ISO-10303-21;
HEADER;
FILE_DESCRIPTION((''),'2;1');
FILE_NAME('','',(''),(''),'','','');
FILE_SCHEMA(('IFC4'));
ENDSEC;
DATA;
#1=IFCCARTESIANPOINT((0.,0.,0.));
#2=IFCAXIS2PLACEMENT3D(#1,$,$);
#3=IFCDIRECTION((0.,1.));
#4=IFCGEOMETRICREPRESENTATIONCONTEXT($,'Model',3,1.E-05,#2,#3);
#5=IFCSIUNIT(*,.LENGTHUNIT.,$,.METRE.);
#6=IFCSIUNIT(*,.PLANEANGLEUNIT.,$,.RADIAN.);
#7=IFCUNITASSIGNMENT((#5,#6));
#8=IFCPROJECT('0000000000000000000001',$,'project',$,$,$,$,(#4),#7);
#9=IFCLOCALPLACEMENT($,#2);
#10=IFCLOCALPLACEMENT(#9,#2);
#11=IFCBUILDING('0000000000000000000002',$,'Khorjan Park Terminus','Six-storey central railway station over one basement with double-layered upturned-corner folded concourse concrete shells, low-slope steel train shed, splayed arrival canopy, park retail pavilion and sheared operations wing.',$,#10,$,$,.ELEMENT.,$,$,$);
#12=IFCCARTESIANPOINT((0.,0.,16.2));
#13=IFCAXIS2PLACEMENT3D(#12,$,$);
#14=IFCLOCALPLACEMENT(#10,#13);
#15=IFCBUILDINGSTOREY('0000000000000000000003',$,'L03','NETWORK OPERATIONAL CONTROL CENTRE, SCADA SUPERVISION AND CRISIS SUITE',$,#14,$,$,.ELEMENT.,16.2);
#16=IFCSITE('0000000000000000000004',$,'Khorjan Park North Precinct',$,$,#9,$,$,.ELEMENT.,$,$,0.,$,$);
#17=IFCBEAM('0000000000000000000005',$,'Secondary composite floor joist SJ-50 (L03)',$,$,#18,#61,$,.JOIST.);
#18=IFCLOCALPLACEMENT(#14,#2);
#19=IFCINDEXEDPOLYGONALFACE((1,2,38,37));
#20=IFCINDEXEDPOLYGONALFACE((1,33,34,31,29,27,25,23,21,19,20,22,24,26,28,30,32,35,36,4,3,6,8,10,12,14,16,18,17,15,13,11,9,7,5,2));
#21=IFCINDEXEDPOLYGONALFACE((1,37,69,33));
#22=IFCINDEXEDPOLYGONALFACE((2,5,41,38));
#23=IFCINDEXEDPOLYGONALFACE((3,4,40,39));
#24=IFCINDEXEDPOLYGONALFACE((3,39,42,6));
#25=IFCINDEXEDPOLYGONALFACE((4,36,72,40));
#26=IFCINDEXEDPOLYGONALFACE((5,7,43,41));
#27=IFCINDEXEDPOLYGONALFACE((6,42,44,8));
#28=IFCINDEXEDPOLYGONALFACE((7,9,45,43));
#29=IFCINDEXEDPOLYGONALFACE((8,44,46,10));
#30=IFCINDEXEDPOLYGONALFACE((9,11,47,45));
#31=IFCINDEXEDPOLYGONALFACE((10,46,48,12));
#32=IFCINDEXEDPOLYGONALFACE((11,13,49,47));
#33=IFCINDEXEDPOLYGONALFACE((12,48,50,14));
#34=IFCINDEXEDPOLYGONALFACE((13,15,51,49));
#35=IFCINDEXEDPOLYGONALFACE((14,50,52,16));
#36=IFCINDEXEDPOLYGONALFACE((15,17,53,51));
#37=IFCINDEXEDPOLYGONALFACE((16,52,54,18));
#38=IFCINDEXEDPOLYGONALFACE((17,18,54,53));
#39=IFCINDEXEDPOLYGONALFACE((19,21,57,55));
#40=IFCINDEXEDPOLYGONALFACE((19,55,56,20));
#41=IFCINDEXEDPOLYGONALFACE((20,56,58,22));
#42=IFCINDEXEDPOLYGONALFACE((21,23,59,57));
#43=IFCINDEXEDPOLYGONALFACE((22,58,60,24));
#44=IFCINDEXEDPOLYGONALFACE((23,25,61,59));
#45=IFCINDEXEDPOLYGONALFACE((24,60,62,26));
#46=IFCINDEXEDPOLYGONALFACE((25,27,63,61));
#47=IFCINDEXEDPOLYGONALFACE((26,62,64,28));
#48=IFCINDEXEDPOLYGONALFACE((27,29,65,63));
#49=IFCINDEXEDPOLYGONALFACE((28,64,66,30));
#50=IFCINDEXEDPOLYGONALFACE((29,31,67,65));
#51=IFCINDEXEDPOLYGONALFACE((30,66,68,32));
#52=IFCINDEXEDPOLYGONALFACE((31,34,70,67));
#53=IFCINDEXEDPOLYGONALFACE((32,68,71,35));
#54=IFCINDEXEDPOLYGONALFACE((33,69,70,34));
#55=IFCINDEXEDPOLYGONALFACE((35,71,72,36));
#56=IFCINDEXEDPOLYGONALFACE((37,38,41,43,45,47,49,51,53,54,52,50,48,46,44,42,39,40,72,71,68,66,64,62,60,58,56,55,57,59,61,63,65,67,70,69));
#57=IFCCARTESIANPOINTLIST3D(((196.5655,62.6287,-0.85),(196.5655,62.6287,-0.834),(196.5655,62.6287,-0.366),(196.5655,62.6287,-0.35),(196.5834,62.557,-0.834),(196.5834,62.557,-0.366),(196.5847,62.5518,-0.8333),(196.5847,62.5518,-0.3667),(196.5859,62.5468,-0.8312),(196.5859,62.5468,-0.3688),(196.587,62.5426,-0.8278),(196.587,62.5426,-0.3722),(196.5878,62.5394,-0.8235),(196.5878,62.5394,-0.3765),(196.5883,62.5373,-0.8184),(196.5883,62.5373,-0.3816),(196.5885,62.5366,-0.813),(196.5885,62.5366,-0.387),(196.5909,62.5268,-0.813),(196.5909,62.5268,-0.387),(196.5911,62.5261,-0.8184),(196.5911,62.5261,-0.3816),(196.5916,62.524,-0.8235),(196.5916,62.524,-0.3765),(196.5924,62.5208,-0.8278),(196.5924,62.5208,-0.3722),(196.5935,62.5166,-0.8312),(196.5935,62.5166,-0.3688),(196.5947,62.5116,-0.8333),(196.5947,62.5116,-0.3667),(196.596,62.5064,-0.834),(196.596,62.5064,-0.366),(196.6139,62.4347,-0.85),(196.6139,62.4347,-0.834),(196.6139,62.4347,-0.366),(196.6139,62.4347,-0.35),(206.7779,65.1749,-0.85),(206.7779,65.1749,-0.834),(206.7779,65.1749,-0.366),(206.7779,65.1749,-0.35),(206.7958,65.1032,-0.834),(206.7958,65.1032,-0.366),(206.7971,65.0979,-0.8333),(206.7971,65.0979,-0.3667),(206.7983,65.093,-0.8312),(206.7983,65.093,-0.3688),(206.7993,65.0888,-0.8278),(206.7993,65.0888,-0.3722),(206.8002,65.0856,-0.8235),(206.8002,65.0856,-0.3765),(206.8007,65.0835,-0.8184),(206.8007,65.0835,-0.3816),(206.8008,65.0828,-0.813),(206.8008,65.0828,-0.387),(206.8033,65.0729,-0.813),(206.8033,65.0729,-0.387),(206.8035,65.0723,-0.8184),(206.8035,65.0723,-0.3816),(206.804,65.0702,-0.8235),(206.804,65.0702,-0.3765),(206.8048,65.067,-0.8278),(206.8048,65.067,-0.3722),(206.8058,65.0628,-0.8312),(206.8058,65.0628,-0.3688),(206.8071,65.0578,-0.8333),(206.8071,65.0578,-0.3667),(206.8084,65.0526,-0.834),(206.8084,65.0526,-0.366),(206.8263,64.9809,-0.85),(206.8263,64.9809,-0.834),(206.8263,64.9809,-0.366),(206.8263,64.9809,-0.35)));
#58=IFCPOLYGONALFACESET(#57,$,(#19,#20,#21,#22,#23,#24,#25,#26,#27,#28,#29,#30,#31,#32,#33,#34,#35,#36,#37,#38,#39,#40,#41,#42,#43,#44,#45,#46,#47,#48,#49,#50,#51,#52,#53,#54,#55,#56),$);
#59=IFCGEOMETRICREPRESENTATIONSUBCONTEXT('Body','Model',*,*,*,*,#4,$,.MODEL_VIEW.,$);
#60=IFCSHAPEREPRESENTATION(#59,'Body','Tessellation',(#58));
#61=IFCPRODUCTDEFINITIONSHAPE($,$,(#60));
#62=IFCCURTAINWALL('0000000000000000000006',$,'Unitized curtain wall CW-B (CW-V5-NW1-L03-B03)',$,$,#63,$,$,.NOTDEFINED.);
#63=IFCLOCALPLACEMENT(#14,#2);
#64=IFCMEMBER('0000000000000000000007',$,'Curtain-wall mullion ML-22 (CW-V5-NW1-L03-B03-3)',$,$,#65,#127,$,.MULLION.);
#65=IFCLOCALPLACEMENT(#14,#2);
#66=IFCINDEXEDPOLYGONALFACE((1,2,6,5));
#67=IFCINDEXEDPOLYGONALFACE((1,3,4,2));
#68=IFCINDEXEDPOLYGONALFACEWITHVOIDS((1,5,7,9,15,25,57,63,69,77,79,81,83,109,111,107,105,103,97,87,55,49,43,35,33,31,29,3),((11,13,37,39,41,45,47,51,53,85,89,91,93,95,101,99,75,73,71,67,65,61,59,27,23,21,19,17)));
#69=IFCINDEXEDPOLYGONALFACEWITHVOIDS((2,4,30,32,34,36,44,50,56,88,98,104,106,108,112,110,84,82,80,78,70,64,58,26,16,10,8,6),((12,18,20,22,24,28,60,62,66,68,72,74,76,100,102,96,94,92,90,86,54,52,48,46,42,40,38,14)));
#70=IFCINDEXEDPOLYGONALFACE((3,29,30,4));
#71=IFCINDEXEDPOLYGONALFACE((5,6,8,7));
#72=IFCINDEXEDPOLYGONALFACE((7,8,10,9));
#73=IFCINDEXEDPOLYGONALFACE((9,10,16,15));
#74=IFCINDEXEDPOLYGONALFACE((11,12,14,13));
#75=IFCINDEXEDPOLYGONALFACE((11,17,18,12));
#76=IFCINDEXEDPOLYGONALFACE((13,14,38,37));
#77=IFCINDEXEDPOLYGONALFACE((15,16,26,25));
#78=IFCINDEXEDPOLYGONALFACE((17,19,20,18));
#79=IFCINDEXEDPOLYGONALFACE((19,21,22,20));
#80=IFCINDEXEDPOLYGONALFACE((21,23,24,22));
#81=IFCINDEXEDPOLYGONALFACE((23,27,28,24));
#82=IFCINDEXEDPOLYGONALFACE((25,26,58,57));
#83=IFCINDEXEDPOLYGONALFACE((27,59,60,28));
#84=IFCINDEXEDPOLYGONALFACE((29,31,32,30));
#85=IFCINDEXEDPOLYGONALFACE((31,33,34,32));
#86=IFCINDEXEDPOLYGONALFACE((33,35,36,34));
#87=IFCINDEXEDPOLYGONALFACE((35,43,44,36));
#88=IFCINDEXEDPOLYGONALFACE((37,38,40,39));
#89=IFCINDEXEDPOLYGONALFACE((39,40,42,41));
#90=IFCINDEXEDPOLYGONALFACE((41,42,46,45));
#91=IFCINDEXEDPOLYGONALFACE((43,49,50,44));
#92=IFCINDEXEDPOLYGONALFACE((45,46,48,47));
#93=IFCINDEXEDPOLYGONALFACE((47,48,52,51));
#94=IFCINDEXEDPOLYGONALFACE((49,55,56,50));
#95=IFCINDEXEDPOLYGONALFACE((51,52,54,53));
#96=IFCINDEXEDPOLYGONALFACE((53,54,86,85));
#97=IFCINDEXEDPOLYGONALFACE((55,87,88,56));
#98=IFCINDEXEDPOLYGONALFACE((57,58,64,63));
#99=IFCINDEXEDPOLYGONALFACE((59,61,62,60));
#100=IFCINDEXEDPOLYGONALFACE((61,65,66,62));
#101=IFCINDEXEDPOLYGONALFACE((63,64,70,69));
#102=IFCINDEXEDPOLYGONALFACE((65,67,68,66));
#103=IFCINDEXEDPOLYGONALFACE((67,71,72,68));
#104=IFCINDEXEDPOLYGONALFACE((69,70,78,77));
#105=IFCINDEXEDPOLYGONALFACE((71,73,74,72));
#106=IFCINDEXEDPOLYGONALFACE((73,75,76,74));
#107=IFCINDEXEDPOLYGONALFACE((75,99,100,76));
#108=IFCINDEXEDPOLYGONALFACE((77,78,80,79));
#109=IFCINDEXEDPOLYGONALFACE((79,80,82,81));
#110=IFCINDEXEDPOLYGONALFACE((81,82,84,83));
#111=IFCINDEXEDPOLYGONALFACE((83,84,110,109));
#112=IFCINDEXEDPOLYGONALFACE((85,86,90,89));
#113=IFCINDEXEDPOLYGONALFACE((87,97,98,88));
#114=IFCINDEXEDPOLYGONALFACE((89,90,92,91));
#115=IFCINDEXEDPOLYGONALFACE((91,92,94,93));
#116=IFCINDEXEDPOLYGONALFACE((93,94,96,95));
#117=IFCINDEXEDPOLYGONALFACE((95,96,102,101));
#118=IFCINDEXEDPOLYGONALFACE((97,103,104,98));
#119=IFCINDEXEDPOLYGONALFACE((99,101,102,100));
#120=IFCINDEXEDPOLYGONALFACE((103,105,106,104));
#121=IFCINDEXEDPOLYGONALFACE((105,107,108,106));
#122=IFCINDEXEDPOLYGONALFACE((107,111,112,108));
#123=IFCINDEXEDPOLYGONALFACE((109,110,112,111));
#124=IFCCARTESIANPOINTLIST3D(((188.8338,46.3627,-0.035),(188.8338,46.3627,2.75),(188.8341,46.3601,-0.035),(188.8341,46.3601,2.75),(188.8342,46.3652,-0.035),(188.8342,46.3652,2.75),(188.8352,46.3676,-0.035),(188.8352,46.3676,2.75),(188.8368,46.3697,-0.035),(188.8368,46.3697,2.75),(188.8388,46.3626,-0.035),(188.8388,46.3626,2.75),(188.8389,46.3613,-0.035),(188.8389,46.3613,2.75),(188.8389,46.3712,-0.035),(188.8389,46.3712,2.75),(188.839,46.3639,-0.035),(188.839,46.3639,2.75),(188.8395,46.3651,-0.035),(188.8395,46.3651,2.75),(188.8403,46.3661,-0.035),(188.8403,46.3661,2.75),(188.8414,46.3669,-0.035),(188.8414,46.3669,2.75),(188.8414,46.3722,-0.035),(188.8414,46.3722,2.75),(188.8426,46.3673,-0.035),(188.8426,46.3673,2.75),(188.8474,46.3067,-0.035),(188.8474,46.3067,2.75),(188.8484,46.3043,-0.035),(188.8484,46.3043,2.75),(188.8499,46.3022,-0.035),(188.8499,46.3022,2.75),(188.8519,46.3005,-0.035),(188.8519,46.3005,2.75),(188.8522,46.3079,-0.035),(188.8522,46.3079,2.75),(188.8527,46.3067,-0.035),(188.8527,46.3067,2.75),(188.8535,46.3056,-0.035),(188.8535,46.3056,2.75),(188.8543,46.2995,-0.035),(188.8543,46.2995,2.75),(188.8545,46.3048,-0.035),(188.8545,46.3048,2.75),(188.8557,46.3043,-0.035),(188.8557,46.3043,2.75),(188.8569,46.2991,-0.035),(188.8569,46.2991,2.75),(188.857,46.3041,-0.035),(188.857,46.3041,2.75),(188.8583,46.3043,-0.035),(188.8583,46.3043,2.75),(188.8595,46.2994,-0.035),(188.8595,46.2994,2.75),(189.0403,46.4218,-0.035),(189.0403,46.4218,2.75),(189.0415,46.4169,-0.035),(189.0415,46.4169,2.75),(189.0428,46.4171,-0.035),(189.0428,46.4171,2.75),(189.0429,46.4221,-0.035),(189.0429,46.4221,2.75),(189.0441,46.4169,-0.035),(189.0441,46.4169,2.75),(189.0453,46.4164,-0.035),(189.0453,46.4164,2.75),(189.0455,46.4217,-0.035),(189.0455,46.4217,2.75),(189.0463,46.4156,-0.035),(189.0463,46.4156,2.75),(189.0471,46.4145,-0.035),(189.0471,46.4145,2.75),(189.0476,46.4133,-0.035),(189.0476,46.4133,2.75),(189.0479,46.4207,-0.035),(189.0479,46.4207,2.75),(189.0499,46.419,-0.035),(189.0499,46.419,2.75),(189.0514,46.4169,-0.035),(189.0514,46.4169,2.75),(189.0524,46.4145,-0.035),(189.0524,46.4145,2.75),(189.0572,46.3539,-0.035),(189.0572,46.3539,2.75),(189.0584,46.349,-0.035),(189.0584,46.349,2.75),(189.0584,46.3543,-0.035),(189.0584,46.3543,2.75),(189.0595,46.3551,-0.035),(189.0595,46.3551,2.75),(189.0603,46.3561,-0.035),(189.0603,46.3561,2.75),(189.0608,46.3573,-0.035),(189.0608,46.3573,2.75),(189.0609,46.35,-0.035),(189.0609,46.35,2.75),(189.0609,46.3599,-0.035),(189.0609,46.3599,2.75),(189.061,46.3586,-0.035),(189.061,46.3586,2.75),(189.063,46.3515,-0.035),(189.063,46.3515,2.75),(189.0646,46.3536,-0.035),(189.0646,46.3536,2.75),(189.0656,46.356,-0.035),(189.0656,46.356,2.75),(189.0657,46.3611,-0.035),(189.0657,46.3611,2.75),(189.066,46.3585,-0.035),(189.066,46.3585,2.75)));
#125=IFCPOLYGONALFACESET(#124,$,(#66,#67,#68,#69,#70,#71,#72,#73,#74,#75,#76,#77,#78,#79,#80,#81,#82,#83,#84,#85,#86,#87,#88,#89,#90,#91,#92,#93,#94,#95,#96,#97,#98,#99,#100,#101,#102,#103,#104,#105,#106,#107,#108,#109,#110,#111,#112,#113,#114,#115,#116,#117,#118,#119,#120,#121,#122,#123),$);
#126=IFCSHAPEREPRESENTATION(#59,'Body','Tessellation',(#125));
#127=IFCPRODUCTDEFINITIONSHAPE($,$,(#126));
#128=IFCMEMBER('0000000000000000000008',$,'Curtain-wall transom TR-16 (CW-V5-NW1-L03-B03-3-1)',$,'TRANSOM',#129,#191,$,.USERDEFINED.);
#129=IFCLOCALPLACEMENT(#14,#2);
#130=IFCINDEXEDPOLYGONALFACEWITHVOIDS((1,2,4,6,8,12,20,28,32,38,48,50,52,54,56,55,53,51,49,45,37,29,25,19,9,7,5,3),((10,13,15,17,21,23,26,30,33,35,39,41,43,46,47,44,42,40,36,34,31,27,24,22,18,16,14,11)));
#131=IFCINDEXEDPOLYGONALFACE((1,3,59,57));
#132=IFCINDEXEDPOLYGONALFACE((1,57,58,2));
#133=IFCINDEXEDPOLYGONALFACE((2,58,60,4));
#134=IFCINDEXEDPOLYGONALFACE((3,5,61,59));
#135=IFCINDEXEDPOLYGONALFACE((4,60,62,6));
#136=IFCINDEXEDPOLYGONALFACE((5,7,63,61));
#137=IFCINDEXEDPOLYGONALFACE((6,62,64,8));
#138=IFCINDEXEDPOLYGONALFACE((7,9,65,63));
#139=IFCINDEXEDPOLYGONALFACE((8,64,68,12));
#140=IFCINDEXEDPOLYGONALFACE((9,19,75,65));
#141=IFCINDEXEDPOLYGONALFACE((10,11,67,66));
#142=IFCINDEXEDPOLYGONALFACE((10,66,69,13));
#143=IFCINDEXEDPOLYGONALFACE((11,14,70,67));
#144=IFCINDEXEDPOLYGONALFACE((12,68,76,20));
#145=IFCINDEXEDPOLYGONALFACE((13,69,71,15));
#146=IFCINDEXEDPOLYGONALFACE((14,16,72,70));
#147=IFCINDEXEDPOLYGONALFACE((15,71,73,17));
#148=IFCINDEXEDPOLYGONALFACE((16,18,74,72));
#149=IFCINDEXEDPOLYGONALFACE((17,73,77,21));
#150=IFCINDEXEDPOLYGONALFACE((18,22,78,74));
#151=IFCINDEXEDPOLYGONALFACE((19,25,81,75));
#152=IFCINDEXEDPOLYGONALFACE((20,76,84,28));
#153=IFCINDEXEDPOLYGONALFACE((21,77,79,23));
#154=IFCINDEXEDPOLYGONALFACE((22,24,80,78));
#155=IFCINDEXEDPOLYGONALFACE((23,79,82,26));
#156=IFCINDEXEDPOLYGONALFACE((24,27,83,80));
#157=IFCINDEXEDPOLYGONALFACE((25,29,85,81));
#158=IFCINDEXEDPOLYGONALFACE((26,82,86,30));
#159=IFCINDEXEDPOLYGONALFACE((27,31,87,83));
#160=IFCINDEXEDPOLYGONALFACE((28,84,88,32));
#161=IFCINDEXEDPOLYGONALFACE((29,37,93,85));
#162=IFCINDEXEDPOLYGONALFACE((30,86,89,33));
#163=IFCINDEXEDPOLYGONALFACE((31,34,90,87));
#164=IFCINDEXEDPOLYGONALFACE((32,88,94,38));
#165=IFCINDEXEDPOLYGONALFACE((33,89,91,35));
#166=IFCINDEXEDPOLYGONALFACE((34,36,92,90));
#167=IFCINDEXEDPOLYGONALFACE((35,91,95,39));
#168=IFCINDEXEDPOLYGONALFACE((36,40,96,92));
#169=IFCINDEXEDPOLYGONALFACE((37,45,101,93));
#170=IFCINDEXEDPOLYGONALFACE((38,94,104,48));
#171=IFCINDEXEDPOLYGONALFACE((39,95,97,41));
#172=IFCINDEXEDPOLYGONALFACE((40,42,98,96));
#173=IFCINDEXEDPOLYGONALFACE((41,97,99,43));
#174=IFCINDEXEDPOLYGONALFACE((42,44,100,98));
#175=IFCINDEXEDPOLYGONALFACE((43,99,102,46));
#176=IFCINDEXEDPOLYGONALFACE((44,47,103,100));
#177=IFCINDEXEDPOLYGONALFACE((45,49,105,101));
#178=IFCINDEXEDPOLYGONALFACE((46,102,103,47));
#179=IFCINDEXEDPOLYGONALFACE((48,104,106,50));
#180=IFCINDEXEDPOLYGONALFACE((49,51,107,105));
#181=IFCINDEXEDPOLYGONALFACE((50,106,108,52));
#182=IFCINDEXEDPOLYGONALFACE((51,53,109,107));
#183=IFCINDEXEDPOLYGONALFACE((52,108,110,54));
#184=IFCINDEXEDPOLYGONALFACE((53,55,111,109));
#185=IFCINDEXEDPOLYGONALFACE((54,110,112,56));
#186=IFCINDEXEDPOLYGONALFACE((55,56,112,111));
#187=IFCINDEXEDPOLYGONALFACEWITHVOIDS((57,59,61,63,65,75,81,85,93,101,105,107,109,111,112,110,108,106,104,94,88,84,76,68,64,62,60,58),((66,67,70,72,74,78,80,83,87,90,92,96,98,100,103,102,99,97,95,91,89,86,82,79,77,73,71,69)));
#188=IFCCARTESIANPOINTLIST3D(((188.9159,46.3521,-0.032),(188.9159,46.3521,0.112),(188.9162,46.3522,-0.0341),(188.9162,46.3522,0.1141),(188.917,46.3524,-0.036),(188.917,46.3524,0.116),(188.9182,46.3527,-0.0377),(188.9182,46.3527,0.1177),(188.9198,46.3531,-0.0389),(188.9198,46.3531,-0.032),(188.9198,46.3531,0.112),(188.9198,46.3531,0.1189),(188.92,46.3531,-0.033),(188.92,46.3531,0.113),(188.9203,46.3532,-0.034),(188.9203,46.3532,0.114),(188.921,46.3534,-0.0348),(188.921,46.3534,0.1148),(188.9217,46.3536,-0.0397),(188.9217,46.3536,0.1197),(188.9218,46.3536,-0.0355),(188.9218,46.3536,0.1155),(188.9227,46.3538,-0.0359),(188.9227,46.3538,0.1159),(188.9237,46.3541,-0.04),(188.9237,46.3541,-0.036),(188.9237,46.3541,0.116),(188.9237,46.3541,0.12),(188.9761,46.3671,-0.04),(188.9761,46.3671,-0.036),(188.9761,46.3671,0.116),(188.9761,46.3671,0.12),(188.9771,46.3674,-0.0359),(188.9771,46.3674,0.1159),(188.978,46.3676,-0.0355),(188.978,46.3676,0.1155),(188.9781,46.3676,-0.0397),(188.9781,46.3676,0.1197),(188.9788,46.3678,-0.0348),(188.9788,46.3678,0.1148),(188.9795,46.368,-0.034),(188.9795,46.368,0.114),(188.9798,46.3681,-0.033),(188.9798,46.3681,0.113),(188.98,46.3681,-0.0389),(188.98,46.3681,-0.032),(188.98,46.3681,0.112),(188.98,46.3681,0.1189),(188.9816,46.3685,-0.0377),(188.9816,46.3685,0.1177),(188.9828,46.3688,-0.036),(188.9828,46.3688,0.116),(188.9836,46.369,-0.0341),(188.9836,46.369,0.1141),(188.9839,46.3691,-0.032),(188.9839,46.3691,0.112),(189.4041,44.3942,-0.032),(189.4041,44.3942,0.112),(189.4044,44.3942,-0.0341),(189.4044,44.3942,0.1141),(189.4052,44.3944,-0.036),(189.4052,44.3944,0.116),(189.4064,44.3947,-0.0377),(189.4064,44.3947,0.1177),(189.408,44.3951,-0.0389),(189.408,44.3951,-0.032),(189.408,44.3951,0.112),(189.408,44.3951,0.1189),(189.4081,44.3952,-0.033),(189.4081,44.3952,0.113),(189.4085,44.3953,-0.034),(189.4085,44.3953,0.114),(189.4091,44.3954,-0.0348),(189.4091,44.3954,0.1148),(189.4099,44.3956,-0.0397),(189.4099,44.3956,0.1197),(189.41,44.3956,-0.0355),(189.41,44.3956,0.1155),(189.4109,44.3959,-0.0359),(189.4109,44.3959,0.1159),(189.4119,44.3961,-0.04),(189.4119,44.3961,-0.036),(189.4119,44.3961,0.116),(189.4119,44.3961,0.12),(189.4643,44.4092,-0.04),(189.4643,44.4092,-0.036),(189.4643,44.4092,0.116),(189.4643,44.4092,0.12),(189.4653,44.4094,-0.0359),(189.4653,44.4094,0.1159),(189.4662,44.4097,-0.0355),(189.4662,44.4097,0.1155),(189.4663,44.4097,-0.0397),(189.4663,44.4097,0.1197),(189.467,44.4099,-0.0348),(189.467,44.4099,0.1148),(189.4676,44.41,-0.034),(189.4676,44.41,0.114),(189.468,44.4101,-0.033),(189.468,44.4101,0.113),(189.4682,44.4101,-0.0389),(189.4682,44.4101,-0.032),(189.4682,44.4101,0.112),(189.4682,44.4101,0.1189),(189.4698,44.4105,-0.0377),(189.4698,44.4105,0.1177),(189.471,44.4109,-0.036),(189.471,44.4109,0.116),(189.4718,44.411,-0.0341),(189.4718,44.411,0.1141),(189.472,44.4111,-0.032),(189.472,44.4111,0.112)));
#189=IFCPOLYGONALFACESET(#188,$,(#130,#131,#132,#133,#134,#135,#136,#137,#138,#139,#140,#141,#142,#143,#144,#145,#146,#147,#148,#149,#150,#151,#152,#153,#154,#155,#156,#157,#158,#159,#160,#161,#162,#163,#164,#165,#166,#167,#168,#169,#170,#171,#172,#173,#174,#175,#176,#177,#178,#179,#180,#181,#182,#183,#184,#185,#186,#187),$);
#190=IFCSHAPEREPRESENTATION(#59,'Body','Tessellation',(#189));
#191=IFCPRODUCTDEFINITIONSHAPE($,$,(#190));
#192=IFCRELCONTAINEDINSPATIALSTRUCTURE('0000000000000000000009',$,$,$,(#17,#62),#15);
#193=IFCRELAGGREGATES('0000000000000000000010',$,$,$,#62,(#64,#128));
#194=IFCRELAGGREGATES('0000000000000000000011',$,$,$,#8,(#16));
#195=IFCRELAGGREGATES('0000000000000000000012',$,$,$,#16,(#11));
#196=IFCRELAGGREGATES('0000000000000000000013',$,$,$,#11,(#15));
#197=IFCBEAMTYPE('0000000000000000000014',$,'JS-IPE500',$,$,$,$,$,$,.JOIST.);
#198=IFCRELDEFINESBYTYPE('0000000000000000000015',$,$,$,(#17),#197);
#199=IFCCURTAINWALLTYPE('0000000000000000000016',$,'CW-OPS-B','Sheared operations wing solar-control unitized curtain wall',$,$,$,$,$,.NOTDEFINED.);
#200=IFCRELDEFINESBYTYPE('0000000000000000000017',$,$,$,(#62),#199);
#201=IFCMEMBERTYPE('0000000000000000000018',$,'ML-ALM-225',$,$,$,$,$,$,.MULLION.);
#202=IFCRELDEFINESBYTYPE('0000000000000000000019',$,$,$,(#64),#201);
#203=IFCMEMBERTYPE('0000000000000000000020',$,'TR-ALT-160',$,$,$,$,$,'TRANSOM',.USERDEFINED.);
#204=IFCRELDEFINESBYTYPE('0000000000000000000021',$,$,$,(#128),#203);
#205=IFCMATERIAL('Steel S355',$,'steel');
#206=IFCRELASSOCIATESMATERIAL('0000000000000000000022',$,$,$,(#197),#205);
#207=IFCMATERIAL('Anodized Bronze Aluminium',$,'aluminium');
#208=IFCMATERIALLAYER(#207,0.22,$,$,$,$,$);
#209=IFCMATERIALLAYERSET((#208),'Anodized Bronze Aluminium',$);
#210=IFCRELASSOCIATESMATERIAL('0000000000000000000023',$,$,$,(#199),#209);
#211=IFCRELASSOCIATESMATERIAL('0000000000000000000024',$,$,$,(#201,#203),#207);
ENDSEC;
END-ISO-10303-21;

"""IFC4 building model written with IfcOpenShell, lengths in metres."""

from ifc_helpers import new_model, si_unit, direction, frame, origin, origin_2d, place, context, subcontext, project, spatial, hollow_rectangle, i_section, extrude, material, layer, layer_set, material_profile, profile_set, type_object, element, aggregate, save


model = new_model("IFC4")

# Units and contexts
model_context = context("Model", 3, precision=1e-05, world=origin(), true_north=direction((0.0, 1.0)))
body_context = subcontext(model_context, "Body", "Model", "MODEL_VIEW")
ifc_project = project(units=[si_unit("LENGTHUNIT", "METRE"), si_unit("PLANEANGLEUNIT", "RADIAN")], contexts=[model_context])

# Site, building, storey
site_placement = place(None, origin())
site = spatial("IfcSite", under=ifc_project, at=site_placement, Name="Khorjan Park North Precinct", CompositionType="ELEMENT", RefElevation=0.0)
building_placement = place(site_placement, origin())
building = spatial("IfcBuilding", under=site, at=building_placement, Name="Khorjan Park Terminus", Description="Six-storey central railway station over one basement with double-layered upturned-corner folded concourse concrete shells, low-slope steel train shed, splayed arrival canopy, park retail pavilion and sheared operations wing.", CompositionType="ELEMENT")
storey_placement = place(building_placement, frame((0.0, 0.0, 16.2)))
storey = spatial("IfcBuildingStorey", under=building, at=storey_placement, Name="L03", Description="NETWORK OPERATIONAL CONTROL CENTRE, SCADA SUPERVISION AND CRISIS SUITE", CompositionType="ELEMENT", Elevation=16.2)

# Beam
ifc_material_1 = material(Name="Steel S355", Category="steel")
ifc_material_profile_1 = material_profile(ifc_material_1, i_section(OverallWidth=0.2, OverallDepth=0.5, WebThickness=0.0102, FlangeThickness=0.016, FilletRadius=0.021, at=origin_2d()), Name="IPE 500")
ifc_profile_set_1 = profile_set([ifc_material_profile_1], Name="Steel S355")
beam_type_1 = type_object("IfcBeamType", Name="JS-IPE500", PredefinedType="JOIST", material=ifc_profile_set_1)
beam_1_placement = place(storey_placement, frame((196.5897, 62.5317, -0.6), z_axis=(0.970297, 0.241919, 0.0), x_axis=(-0.241919, 0.970297, 0.0)))
element("IfcBeam", 1, at=beam_1_placement, inside=storey, type_object=beam_type_1, Name="Secondary composite floor joist SJ-50 (L03)", PredefinedType="JOIST", context=body_context, shape_type="SweptSolid", body=[
    extrude(i_section(OverallWidth=0.2, OverallDepth=0.5, WebThickness=0.0102, FlangeThickness=0.016, FilletRadius=0.021, at=origin_2d()), origin(), (0.0, 0.0, 1.0), 10.525),
])

# Curtain wall, members
ifc_material_2 = material(Name="Anodized Bronze Aluminium", Category="aluminium")
ifc_layer_1 = layer(ifc_material_2, 0.22)
ifc_layer_set_1 = layer_set([ifc_layer_1], Name="Anodized Bronze Aluminium")
curtain_wall_type = type_object("IfcCurtainWallType", Name="CW-OPS-B", Description="Sheared operations wing solar-control unitized curtain wall", PredefinedType="NOTDEFINED", material=ifc_layer_set_1)
curtain_wall_placement = place(storey_placement, origin())
curtain_wall = element("IfcCurtainWall", 2, at=curtain_wall_placement, inside=storey, type_object=curtain_wall_type, Name="Unitized curtain wall CW-B (CW-V5-NW1-L03-B03)", PredefinedType="NOTDEFINED")
ifc_material_profile_2 = material_profile(ifc_material_2, hollow_rectangle(XDim=0.075, YDim=0.225, WallThickness=0.005, InnerFilletRadius=0.005, OuterFilletRadius=0.01, at=origin_2d()), Name="ALM 75x225x5")
ifc_profile_set_2 = profile_set([ifc_material_profile_2], Name="Anodized Bronze Aluminium")
member_type_1 = type_object("IfcMemberType", Name="ML-ALM-225", PredefinedType="MULLION", material=ifc_profile_set_2)
member_1_placement = place(storey_placement, frame((188.9499, 46.3606, -0.035), z_axis=(0.0, 0.0, 1.0), x_axis=(0.24192, -0.970296, 0.0)))
member_1 = element("IfcMember", 3, at=member_1_placement, type_object=member_type_1, Name="Curtain-wall mullion ML-22 (CW-V5-NW1-L03-B03-3)", PredefinedType="MULLION", context=body_context, shape_type="SweptSolid", body=[
    extrude(hollow_rectangle(XDim=0.075, YDim=0.225, WallThickness=0.005, InnerFilletRadius=0.005, OuterFilletRadius=0.01, at=origin_2d()), origin(), (0.0, 0.0, 1.0), 2.785),
])
ifc_material_profile_3 = material_profile(ifc_material_2, hollow_rectangle(XDim=0.07, YDim=0.16, WallThickness=0.004, InnerFilletRadius=0.004, OuterFilletRadius=0.008, at=origin_2d()), Name="ALT 70x160x4")
ifc_profile_set_3 = profile_set([ifc_material_profile_3], Name="Anodized Bronze Aluminium")
member_type_2 = type_object("IfcMemberType", Name="TR-ALT-160", ElementType="TRANSOM", PredefinedType="USERDEFINED", material=ifc_profile_set_3)
member_2_placement = place(storey_placement, frame((188.9499, 46.3606, 0.04), z_axis=(0.241929, -0.970294, 0.0), x_axis=(0.970294, 0.241929, 0.0)))
member_2 = element("IfcMember", 4, at=member_2_placement, type_object=member_type_2, Name="Curtain-wall transom TR-16 (CW-V5-NW1-L03-B03-3-1)", ObjectType="TRANSOM", PredefinedType="USERDEFINED", context=body_context, shape_type="SweptSolid", body=[
    extrude(hollow_rectangle(XDim=0.07, YDim=0.16, WallThickness=0.004, InnerFilletRadius=0.004, OuterFilletRadius=0.008, at=origin_2d()), origin(), (0.0, 0.0, 1.0), 2.0179),
])
aggregate(curtain_wall, [member_1, member_2])

save(model, "model.ifc")
